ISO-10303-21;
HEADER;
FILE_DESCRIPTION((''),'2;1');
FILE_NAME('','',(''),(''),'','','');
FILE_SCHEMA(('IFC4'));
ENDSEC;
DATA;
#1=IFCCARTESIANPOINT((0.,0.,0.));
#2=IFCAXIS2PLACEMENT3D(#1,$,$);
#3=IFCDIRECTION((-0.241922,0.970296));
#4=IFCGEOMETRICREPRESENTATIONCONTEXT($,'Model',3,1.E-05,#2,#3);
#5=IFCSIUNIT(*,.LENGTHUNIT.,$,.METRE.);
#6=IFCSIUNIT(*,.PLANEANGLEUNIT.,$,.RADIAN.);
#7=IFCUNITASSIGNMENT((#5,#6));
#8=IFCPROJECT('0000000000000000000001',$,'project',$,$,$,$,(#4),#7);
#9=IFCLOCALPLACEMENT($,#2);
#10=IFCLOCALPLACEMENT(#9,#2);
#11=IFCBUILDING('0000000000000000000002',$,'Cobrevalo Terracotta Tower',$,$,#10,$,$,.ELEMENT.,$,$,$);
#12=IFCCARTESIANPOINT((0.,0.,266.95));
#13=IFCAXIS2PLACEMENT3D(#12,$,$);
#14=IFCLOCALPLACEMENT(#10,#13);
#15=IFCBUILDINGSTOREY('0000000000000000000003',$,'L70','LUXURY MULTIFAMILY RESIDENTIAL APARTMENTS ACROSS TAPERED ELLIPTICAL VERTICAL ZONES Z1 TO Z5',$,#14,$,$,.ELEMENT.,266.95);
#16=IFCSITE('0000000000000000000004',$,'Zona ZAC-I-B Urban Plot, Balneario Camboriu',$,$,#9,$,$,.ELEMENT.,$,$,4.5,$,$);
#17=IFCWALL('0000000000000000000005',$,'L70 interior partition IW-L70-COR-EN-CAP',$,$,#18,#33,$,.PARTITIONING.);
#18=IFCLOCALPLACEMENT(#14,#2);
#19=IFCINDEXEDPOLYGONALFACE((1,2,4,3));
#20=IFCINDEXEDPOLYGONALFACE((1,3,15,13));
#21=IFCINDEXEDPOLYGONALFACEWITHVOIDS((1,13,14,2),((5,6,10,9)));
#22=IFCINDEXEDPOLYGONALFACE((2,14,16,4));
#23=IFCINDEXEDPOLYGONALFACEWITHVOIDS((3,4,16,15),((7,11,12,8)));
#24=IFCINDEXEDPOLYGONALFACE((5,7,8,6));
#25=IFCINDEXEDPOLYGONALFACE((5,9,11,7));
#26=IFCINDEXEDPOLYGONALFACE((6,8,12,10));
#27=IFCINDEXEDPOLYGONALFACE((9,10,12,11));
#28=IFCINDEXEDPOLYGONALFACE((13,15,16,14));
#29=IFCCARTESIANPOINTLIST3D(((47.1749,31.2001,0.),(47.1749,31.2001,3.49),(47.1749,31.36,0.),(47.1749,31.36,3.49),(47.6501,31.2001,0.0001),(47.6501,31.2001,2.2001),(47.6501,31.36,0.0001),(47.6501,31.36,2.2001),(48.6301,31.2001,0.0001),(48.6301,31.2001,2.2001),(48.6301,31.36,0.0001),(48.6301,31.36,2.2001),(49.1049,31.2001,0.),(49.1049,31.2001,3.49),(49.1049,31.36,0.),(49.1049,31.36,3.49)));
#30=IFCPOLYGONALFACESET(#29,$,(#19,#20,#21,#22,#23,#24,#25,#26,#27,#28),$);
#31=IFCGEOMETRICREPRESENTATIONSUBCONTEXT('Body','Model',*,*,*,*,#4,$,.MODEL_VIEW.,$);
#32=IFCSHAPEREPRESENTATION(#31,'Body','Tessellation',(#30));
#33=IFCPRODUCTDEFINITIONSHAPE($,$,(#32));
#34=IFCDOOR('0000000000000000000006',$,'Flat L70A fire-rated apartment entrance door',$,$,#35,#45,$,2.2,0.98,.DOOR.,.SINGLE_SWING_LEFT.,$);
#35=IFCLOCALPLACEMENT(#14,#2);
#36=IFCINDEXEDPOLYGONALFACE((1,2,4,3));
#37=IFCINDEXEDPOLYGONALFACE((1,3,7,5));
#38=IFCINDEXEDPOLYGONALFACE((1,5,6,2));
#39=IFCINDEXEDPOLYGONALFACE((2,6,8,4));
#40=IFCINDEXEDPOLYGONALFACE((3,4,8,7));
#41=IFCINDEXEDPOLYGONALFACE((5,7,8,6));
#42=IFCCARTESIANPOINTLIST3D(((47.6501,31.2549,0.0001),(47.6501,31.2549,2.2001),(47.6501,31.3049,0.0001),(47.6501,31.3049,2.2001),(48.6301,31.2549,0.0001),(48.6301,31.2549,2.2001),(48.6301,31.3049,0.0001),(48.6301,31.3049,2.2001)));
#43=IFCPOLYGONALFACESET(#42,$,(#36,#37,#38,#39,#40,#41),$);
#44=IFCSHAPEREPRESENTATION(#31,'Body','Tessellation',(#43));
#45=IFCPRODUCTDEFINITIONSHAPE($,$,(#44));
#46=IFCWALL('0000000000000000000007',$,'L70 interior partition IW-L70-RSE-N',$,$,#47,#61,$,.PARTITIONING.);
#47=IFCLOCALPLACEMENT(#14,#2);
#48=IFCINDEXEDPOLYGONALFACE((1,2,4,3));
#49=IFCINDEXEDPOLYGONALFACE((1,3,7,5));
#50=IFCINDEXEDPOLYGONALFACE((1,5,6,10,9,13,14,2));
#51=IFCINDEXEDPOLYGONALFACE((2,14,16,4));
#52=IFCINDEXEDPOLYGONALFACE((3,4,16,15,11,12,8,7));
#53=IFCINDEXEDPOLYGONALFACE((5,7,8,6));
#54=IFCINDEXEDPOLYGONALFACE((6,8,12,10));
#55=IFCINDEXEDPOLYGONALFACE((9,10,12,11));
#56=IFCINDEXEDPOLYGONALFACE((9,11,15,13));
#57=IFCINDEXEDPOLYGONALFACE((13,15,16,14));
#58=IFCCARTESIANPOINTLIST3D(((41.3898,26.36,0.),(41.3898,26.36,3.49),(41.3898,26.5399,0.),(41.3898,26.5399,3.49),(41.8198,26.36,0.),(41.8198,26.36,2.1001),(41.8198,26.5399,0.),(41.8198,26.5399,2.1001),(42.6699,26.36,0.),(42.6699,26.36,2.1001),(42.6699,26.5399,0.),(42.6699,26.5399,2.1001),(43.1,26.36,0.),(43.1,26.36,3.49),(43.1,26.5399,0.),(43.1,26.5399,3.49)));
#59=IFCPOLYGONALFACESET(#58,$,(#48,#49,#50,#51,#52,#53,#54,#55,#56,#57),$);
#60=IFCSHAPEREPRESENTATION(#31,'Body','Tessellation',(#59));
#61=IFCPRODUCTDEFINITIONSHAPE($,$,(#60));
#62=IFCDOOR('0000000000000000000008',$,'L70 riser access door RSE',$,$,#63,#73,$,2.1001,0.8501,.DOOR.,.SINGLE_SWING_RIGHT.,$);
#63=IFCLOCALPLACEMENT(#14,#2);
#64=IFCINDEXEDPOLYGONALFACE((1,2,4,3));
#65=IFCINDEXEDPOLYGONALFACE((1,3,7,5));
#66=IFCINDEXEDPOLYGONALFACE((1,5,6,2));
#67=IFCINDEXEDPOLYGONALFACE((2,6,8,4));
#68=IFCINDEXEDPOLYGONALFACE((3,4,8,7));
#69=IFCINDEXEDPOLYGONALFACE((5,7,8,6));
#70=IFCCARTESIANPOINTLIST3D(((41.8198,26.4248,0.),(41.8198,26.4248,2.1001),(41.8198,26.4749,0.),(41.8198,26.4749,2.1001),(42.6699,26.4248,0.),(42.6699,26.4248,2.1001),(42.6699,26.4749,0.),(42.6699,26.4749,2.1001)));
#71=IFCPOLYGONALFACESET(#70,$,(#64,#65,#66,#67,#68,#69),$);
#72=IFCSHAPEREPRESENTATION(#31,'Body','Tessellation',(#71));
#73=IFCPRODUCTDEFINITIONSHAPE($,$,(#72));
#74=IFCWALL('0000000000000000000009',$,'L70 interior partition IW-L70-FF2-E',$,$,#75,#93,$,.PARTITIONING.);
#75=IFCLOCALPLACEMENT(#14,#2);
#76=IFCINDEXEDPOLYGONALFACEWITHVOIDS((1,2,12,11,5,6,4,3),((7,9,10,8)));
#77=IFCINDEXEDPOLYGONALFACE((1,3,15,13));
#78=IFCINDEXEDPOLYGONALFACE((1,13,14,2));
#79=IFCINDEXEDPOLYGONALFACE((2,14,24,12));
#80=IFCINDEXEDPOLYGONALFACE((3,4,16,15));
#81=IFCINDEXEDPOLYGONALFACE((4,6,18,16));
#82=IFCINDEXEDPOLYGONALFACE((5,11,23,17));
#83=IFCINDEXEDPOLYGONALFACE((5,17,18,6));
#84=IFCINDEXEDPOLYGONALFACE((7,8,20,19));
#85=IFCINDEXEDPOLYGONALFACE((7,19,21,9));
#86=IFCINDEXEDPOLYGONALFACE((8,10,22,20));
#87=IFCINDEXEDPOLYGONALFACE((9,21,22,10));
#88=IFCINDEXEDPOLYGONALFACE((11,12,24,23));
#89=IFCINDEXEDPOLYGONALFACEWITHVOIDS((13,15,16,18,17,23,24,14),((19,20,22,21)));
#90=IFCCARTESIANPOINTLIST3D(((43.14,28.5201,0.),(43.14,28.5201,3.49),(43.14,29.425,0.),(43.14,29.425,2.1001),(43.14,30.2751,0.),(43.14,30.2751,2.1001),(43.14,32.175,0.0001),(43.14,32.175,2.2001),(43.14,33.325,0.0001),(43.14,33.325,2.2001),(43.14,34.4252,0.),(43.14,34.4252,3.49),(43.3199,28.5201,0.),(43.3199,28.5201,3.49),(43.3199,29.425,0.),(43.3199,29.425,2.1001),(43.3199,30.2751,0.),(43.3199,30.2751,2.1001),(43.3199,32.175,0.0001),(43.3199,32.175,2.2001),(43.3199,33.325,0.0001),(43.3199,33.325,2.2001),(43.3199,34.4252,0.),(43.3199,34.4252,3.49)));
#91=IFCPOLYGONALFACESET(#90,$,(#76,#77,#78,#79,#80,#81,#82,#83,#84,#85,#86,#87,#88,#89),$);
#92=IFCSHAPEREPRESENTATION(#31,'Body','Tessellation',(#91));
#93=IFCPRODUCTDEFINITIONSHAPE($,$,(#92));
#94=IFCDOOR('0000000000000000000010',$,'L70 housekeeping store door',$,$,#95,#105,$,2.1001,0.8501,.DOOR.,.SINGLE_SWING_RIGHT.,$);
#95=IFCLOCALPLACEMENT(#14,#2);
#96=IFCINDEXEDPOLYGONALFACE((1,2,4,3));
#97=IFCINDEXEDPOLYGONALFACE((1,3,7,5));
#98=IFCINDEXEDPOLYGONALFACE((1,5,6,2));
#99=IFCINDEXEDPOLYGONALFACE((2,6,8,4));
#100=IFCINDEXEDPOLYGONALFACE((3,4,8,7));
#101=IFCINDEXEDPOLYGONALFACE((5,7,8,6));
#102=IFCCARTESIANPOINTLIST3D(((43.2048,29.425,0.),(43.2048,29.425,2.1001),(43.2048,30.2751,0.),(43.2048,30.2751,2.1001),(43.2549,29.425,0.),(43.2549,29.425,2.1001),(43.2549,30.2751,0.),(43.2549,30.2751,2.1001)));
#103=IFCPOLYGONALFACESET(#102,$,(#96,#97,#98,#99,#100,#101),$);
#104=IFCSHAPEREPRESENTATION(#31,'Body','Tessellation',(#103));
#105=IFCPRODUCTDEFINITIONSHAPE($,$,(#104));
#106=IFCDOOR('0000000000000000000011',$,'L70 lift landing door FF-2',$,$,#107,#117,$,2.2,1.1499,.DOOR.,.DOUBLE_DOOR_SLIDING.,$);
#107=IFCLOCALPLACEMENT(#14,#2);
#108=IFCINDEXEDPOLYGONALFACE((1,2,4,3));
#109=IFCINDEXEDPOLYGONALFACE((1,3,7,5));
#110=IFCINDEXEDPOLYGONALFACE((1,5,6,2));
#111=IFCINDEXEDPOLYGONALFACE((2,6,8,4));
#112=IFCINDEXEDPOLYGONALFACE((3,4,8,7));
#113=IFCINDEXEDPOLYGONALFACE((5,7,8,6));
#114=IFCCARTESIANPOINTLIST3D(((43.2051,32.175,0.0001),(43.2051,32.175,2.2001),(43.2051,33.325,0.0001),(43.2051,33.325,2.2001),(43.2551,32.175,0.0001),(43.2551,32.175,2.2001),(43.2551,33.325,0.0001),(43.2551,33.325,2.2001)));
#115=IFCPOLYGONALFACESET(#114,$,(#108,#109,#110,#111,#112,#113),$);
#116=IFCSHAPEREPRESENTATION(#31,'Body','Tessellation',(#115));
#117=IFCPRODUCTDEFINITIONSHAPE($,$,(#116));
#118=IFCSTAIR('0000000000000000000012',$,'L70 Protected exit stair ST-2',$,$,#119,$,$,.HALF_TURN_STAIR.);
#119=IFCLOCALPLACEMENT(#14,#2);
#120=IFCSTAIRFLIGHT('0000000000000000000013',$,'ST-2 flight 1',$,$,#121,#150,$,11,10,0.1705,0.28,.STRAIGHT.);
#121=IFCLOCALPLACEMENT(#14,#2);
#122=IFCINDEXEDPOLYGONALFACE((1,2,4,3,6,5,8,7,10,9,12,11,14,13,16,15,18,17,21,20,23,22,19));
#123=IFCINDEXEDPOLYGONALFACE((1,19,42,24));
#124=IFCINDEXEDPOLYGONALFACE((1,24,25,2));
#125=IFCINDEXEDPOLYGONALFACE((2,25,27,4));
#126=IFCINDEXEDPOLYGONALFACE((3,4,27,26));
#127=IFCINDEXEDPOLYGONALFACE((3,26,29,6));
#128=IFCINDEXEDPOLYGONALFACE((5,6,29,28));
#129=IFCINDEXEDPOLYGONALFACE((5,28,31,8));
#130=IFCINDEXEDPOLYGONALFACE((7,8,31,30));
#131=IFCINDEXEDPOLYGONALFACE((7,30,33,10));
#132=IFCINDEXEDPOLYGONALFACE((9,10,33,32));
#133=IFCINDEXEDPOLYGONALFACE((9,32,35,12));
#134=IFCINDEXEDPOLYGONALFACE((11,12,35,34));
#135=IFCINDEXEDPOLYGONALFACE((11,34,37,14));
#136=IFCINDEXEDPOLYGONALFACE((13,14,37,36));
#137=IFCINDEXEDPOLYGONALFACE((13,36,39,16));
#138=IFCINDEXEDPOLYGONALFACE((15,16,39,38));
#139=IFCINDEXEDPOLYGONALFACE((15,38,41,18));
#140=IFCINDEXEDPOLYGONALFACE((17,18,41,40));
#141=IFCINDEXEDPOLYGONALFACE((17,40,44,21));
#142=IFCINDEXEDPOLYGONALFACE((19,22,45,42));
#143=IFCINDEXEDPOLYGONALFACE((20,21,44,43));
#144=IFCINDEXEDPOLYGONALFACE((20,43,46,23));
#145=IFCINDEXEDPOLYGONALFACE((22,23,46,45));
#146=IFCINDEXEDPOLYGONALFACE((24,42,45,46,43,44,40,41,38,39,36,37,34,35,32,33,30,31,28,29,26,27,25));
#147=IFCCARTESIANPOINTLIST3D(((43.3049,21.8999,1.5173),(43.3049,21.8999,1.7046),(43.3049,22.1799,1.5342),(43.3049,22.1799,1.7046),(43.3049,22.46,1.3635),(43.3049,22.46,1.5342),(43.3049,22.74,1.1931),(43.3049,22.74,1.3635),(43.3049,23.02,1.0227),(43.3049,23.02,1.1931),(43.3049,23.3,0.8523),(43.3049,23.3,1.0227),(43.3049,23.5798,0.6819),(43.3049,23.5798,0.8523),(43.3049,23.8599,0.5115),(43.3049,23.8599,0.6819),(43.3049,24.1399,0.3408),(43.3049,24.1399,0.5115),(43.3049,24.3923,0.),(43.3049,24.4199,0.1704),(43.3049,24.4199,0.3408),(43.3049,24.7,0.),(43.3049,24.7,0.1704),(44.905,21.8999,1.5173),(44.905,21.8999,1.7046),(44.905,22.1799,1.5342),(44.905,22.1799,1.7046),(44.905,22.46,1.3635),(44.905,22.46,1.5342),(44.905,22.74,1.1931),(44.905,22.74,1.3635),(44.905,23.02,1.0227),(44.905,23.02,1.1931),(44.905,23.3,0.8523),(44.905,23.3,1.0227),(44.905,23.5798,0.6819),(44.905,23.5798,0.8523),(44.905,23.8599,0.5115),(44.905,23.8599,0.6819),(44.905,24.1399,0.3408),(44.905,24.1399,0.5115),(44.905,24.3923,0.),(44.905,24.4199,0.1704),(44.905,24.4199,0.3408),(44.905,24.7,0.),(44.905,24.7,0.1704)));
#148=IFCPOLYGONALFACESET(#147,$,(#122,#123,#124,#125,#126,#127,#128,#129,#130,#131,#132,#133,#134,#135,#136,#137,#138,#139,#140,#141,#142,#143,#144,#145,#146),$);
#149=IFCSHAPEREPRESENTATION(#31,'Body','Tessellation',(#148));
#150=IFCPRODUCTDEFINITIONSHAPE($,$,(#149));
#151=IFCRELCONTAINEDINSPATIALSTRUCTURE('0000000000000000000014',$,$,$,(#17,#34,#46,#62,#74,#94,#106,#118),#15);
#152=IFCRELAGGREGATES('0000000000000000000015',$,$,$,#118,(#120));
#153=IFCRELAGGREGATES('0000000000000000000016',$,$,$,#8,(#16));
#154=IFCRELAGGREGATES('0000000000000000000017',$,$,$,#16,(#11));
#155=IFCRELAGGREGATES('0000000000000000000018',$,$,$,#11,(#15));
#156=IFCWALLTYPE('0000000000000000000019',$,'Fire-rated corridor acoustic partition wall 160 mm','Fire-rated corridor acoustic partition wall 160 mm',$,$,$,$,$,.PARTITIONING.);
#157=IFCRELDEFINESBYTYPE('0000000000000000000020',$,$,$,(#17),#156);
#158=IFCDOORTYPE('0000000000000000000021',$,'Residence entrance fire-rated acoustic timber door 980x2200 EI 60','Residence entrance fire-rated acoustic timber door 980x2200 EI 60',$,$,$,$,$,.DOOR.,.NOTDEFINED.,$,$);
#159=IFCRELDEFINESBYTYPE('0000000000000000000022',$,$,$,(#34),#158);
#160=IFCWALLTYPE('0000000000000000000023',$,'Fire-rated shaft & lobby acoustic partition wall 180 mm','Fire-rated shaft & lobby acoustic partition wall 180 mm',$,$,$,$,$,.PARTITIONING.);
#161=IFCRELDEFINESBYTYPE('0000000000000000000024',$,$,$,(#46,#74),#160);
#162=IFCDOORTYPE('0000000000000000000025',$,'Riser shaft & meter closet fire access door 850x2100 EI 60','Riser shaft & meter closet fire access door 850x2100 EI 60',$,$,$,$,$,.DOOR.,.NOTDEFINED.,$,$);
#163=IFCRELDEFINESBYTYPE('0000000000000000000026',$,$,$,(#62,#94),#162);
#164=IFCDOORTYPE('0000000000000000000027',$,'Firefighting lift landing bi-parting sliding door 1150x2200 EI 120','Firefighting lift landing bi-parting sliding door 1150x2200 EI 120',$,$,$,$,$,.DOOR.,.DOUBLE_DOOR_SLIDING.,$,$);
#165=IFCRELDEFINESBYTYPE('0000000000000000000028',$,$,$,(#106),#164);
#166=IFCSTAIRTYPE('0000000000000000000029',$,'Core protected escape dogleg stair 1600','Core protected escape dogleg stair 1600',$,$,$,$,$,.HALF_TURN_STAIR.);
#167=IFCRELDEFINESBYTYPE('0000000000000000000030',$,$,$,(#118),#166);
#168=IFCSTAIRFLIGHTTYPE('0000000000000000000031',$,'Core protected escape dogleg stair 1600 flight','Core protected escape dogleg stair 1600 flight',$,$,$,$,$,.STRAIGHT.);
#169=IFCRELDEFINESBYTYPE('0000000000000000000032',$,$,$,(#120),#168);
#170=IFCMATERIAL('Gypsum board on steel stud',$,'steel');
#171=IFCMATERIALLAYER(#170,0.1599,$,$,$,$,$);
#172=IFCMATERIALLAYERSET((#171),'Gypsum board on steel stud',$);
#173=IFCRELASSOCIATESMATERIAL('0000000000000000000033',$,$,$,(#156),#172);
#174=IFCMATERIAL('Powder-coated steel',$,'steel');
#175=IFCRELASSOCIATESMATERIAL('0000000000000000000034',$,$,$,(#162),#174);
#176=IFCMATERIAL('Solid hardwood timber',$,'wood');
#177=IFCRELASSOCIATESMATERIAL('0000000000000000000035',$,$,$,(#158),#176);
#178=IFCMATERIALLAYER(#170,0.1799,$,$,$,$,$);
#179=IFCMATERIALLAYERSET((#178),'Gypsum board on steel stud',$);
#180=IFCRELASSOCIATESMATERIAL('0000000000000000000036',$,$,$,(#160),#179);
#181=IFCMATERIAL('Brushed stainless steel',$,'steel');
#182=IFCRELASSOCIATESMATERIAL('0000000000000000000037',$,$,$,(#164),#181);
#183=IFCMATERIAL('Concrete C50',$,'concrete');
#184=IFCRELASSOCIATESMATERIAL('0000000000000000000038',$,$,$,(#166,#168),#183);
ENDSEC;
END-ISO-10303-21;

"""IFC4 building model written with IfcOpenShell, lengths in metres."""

from ifc_helpers import new_model, si_unit, direction, frame, frame_2d, origin, place, context, subcontext, project, spatial, polyline, rectangle, outline, extrude, source, transform, mapped, material, layer, layer_set, type_object, element, fill, aggregate, save


model = new_model("IFC4")

# Units and contexts
model_context = context("Model", 3, precision=1e-05, world=origin(), true_north=direction((-0.241922, 0.970296)))
body_context = subcontext(model_context, "Body", "Model", "MODEL_VIEW")
ifc_project = project(units=[si_unit("LENGTHUNIT", "METRE"), si_unit("PLANEANGLEUNIT", "RADIAN")], contexts=[model_context])

# Site, building, storey
site_placement = place(None, origin())
site = spatial("IfcSite", under=ifc_project, at=site_placement, Name="Zona ZAC-I-B Urban Plot, Balneario Camboriu", CompositionType="ELEMENT", RefElevation=4.5)
building_placement = place(site_placement, origin())
building = spatial("IfcBuilding", under=site, at=building_placement, Name="Cobrevalo Terracotta Tower", CompositionType="ELEMENT")
storey_placement = place(building_placement, frame((0.0, 0.0, 266.95)))
storey = spatial("IfcBuildingStorey", under=building, at=storey_placement, Name="L70", Description="LUXURY MULTIFAMILY RESIDENTIAL APARTMENTS ACROSS TAPERED ELLIPTICAL VERTICAL ZONES Z1 TO Z5", CompositionType="ELEMENT", Elevation=266.95)

# Shared definitions
ifc_material_1 = material(Name="Concrete C50", Category="concrete")

# Shared definitions
ifc_material_2 = material(Name="Gypsum board on steel stud", Category="steel")
ifc_layer_1 = layer(ifc_material_2, 0.1599)
ifc_layer_set_1 = layer_set([ifc_layer_1], Name="Gypsum board on steel stud")
wall_type_1 = type_object("IfcWallType", Name="Fire-rated corridor acoustic partition wall 160 mm", Description="Fire-rated corridor acoustic partition wall 160 mm", PredefinedType="PARTITIONING", material=ifc_layer_set_1)

# Shared definitions
ifc_material_3 = material(Name="Powder-coated steel", Category="steel")
door_type_1 = type_object("IfcDoorType", Name="Riser shaft & meter closet fire access door 850x2100 EI 60", Description="Riser shaft & meter closet fire access door 850x2100 EI 60", OperationType="NOTDEFINED", PredefinedType="DOOR", material=ifc_material_3)
shared_shape_1 = source(origin(), body_context, "Body", "SweptSolid", [
    extrude(rectangle(XDim=0.8501, YDim=2.1001, at=frame_2d((0.425, 1.05))), frame((0.0, 0.0249, 0.0), z_axis=(0.0, -1.0, 0.0), x_axis=(1.0, 0.0, 0.0)), (0.0, 0.0, 1.0), 0.05),
])

# Shared definitions
ifc_material_4 = material(Name="Brushed stainless steel", Category="steel")

# Walls, openings, doors
wall_1_placement = place(storey_placement, frame((47.175, 31.28, 0.0), z_axis=(0.0, 0.0, 1.0), x_axis=(1.0, 0.0, 0.0)))
wall_1 = element("IfcWall", 1, at=wall_1_placement, inside=storey, type_object=wall_type_1, Name="L70 interior partition IW-L70-COR-EN-CAP", PredefinedType="PARTITIONING", context=body_context, shape_type="SweptSolid", body=[
    extrude(rectangle(XDim=1.9299, YDim=0.1599, at=frame_2d((0.9648, 0.0))), origin(), (0.0, 0.0, 1.0), 3.49),
])
opening_1_placement = place(wall_1_placement, frame((0.4751, 0.0, 0.0)))
opening_1 = element("IfcOpeningElement", 2, at=opening_1_placement, cuts=wall_1, PredefinedType="OPENING", context=body_context, shape_type="SweptSolid", body=[
    extrude(rectangle(XDim=0.98, YDim=2.2, at=frame_2d((0.49, 1.1001))), frame((0.0, 0.0898, 0.0), z_axis=(0.0, -1.0, 0.0), x_axis=(1.0, 0.0, 0.0)), (0.0, 0.0, 1.0), 0.1799),
])
ifc_material_5 = material(Name="Solid hardwood timber", Category="wood")
door_type_2 = type_object("IfcDoorType", Name="Residence entrance fire-rated acoustic timber door 980x2200 EI 60", Description="Residence entrance fire-rated acoustic timber door 980x2200 EI 60", OperationType="NOTDEFINED", PredefinedType="DOOR", material=ifc_material_5)
shared_shape_2 = source(origin(), body_context, "Body", "SweptSolid", [
    extrude(rectangle(XDim=0.98, YDim=2.2, at=frame_2d((0.49, 1.1001))), frame((0.0, 0.0249, 0.0), z_axis=(0.0, -1.0, 0.0), x_axis=(1.0, 0.0, 0.0)), (0.0, 0.0, 1.0), 0.05),
])
door_1_placement = place(opening_1_placement, origin())
door_1 = element("IfcDoor", 3, at=door_1_placement, inside=storey, type_object=door_type_2, Name="Flat L70A fire-rated apartment entrance door", OperationType="SINGLE_SWING_LEFT", OverallHeight=2.2, OverallWidth=0.98, PredefinedType="DOOR", context=body_context, shape_type="MappedRepresentation", body=[
    mapped(shared_shape_2, transform((0.0, 0.0, 0.0), scale=1.0)),
])
fill(opening_1, door_1)
ifc_layer_2 = layer(ifc_material_2, 0.1799)
ifc_layer_set_2 = layer_set([ifc_layer_2], Name="Gypsum board on steel stud")
wall_type_2 = type_object("IfcWallType", Name="Fire-rated shaft & lobby acoustic partition wall 180 mm", Description="Fire-rated shaft & lobby acoustic partition wall 180 mm", PredefinedType="PARTITIONING", material=ifc_layer_set_2)
wall_2_placement = place(storey_placement, frame((41.3899, 26.45, 0.0), z_axis=(0.0, 0.0, 1.0), x_axis=(1.0, 0.0, 0.0)))
wall_2 = element("IfcWall", 4, at=wall_2_placement, inside=storey, type_object=wall_type_2, Name="L70 interior partition IW-L70-RSE-N", PredefinedType="PARTITIONING", context=body_context, shape_type="SweptSolid", body=[
    extrude(rectangle(XDim=1.7102, YDim=0.1799, at=frame_2d((0.855, 0.0))), origin(), (0.0, 0.0, 1.0), 3.49),
])
opening_2_placement = place(wall_2_placement, frame((0.4299, 0.0, 0.0)))
opening_2 = element("IfcOpeningElement", 5, at=opening_2_placement, cuts=wall_2, PredefinedType="OPENING", context=body_context, shape_type="SweptSolid", body=[
    extrude(rectangle(XDim=0.8501, YDim=2.1001, at=frame_2d((0.425, 1.05))), frame((0.0, 0.1001, 0.0), z_axis=(0.0, -1.0, 0.0), x_axis=(1.0, 0.0, 0.0)), (0.0, 0.0, 1.0), 0.2),
])
door_2_placement = place(opening_2_placement, origin())
door_2 = element("IfcDoor", 6, at=door_2_placement, inside=storey, type_object=door_type_1, Name="L70 riser access door RSE", OperationType="SINGLE_SWING_RIGHT", OverallHeight=2.1001, OverallWidth=0.8501, PredefinedType="DOOR", context=body_context, shape_type="MappedRepresentation", body=[
    mapped(shared_shape_1, transform((0.0, 0.0, 0.0), scale=1.0)),
])
fill(opening_2, door_2)

# Wall, openings, doors
wall_3_placement = place(storey_placement, frame((43.23, 28.52, 0.0), z_axis=(0.0, 0.0, 1.0), x_axis=(0.0, 1.0, 0.0)))
wall_3 = element("IfcWall", 7, at=wall_3_placement, inside=storey, type_object=wall_type_2, Name="L70 interior partition IW-L70-FF2-E", PredefinedType="PARTITIONING", context=body_context, shape_type="SweptSolid", body=[
    extrude(rectangle(XDim=5.905, YDim=0.1799, at=frame_2d((2.9526, 0.0))), origin(), (0.0, 0.0, 1.0), 3.49),
])
opening_3_placement = place(wall_3_placement, frame((0.905, 0.0, 0.0)))
opening_3 = element("IfcOpeningElement", 8, at=opening_3_placement, cuts=wall_3, PredefinedType="OPENING", context=body_context, shape_type="SweptSolid", body=[
    extrude(rectangle(XDim=0.8501, YDim=2.1001, at=frame_2d((0.425, 1.05))), frame((0.0, 0.1001, 0.0), z_axis=(0.0, -1.0, 0.0), x_axis=(1.0, 0.0, 0.0)), (0.0, 0.0, 1.0), 0.2),
])
opening_4_placement = place(wall_3_placement, frame((3.655, 0.0, 0.0)))
opening_4 = element("IfcOpeningElement", 9, at=opening_4_placement, cuts=wall_3, PredefinedType="OPENING", context=body_context, shape_type="SweptSolid", body=[
    extrude(rectangle(XDim=1.1499, YDim=2.2, at=frame_2d((0.575, 1.1001))), frame((0.0, 0.1001, 0.0), z_axis=(0.0, -1.0, 0.0), x_axis=(1.0, 0.0, 0.0)), (0.0, 0.0, 1.0), 0.2),
])
door_3_placement = place(opening_3_placement, frame((0.8501, 0.0, 0.0), z_axis=(0.0, 0.0, 1.0), x_axis=(-1.0, 0.0, 0.0)))
door_3 = element("IfcDoor", 10, at=door_3_placement, inside=storey, type_object=door_type_1, Name="L70 housekeeping store door", OperationType="SINGLE_SWING_RIGHT", OverallHeight=2.1001, OverallWidth=0.8501, PredefinedType="DOOR", context=body_context, shape_type="MappedRepresentation", body=[
    mapped(shared_shape_1, transform((0.0, 0.0, 0.0), scale=1.0)),
])
fill(opening_3, door_3)
door_type_3 = type_object("IfcDoorType", Name="Firefighting lift landing bi-parting sliding door 1150x2200 EI 120", Description="Firefighting lift landing bi-parting sliding door 1150x2200 EI 120", OperationType="DOUBLE_DOOR_SLIDING", PredefinedType="DOOR", material=ifc_material_4)
shared_shape_3 = source(origin(), body_context, "Body", "SweptSolid", [
    extrude(rectangle(XDim=1.1499, YDim=2.2, at=frame_2d((0.575, 1.1001))), frame((0.0, 0.0249, 0.0), z_axis=(0.0, -1.0, 0.0), x_axis=(1.0, 0.0, 0.0)), (0.0, 0.0, 1.0), 0.05),
])
door_4_placement = place(opening_4_placement, origin())
door_4 = element("IfcDoor", 11, at=door_4_placement, inside=storey, type_object=door_type_3, Name="L70 lift landing door FF-2", OperationType="DOUBLE_DOOR_SLIDING", OverallHeight=2.2, OverallWidth=1.1499, PredefinedType="DOOR", context=body_context, shape_type="MappedRepresentation", body=[
    mapped(shared_shape_3, transform((0.0, 0.0, 0.0), scale=1.0)),
])
fill(opening_4, door_4)

# Stair, stair flight
stair_type = type_object("IfcStairType", Name="Core protected escape dogleg stair 1600", Description="Core protected escape dogleg stair 1600", PredefinedType="HALF_TURN_STAIR", material=ifc_material_1)
stair_placement = place(storey_placement, origin())
stair = element("IfcStair", 12, at=stair_placement, inside=storey, type_object=stair_type, Name="L70 Protected exit stair ST-2", PredefinedType="HALF_TURN_STAIR")
stair_flight_type = type_object("IfcStairFlightType", Name="Core protected escape dogleg stair 1600 flight", Description="Core protected escape dogleg stair 1600 flight", PredefinedType="STRAIGHT", material=ifc_material_1)
stair_flight_placement = place(storey_placement, frame((44.105, 24.7, 0.0), z_axis=(0.0, 0.0, 1.0), x_axis=(0.0, -1.0, 0.0)))
stair_flight = element("IfcStairFlight", 13, at=stair_flight_placement, type_object=stair_flight_type, Name="ST-2 flight 1", NumberOfRisers=11, NumberOfTreads=10, PredefinedType="STRAIGHT", RiserHeight=0.1705, TreadLength=0.28, context=body_context, shape_type="SweptSolid", body=[
    extrude(outline(polyline([(0.0, 0.0), (0.0, 0.1704), (0.28, 0.1704), (0.28, 0.3408), (0.5601, 0.3408), (0.5601, 0.5115), (0.8401, 0.5115), (0.8401, 0.6819), (1.1201, 0.6819), (1.1201, 0.8523), (1.3999, 0.8523), (1.3999, 1.0227), (1.6799, 1.0227), (1.6799, 1.1931), (1.96, 1.1931), (1.96, 1.3635), (2.24, 1.3635), (2.24, 1.5342), (2.52, 1.5342), (2.52, 1.7046), (2.8, 1.7046), (2.8, 1.875), (2.8, 1.5173), (0.3076, 0.0), (0.0, 0.0)])), frame((0.0, 0.8, 0.0), z_axis=(0.0, -1.0, 0.0), x_axis=(1.0, 0.0, 0.0)), (0.0, 0.0, 1.0), 1.6001),
])
aggregate(stair, [stair_flight])

save(model, "model.ifc")
